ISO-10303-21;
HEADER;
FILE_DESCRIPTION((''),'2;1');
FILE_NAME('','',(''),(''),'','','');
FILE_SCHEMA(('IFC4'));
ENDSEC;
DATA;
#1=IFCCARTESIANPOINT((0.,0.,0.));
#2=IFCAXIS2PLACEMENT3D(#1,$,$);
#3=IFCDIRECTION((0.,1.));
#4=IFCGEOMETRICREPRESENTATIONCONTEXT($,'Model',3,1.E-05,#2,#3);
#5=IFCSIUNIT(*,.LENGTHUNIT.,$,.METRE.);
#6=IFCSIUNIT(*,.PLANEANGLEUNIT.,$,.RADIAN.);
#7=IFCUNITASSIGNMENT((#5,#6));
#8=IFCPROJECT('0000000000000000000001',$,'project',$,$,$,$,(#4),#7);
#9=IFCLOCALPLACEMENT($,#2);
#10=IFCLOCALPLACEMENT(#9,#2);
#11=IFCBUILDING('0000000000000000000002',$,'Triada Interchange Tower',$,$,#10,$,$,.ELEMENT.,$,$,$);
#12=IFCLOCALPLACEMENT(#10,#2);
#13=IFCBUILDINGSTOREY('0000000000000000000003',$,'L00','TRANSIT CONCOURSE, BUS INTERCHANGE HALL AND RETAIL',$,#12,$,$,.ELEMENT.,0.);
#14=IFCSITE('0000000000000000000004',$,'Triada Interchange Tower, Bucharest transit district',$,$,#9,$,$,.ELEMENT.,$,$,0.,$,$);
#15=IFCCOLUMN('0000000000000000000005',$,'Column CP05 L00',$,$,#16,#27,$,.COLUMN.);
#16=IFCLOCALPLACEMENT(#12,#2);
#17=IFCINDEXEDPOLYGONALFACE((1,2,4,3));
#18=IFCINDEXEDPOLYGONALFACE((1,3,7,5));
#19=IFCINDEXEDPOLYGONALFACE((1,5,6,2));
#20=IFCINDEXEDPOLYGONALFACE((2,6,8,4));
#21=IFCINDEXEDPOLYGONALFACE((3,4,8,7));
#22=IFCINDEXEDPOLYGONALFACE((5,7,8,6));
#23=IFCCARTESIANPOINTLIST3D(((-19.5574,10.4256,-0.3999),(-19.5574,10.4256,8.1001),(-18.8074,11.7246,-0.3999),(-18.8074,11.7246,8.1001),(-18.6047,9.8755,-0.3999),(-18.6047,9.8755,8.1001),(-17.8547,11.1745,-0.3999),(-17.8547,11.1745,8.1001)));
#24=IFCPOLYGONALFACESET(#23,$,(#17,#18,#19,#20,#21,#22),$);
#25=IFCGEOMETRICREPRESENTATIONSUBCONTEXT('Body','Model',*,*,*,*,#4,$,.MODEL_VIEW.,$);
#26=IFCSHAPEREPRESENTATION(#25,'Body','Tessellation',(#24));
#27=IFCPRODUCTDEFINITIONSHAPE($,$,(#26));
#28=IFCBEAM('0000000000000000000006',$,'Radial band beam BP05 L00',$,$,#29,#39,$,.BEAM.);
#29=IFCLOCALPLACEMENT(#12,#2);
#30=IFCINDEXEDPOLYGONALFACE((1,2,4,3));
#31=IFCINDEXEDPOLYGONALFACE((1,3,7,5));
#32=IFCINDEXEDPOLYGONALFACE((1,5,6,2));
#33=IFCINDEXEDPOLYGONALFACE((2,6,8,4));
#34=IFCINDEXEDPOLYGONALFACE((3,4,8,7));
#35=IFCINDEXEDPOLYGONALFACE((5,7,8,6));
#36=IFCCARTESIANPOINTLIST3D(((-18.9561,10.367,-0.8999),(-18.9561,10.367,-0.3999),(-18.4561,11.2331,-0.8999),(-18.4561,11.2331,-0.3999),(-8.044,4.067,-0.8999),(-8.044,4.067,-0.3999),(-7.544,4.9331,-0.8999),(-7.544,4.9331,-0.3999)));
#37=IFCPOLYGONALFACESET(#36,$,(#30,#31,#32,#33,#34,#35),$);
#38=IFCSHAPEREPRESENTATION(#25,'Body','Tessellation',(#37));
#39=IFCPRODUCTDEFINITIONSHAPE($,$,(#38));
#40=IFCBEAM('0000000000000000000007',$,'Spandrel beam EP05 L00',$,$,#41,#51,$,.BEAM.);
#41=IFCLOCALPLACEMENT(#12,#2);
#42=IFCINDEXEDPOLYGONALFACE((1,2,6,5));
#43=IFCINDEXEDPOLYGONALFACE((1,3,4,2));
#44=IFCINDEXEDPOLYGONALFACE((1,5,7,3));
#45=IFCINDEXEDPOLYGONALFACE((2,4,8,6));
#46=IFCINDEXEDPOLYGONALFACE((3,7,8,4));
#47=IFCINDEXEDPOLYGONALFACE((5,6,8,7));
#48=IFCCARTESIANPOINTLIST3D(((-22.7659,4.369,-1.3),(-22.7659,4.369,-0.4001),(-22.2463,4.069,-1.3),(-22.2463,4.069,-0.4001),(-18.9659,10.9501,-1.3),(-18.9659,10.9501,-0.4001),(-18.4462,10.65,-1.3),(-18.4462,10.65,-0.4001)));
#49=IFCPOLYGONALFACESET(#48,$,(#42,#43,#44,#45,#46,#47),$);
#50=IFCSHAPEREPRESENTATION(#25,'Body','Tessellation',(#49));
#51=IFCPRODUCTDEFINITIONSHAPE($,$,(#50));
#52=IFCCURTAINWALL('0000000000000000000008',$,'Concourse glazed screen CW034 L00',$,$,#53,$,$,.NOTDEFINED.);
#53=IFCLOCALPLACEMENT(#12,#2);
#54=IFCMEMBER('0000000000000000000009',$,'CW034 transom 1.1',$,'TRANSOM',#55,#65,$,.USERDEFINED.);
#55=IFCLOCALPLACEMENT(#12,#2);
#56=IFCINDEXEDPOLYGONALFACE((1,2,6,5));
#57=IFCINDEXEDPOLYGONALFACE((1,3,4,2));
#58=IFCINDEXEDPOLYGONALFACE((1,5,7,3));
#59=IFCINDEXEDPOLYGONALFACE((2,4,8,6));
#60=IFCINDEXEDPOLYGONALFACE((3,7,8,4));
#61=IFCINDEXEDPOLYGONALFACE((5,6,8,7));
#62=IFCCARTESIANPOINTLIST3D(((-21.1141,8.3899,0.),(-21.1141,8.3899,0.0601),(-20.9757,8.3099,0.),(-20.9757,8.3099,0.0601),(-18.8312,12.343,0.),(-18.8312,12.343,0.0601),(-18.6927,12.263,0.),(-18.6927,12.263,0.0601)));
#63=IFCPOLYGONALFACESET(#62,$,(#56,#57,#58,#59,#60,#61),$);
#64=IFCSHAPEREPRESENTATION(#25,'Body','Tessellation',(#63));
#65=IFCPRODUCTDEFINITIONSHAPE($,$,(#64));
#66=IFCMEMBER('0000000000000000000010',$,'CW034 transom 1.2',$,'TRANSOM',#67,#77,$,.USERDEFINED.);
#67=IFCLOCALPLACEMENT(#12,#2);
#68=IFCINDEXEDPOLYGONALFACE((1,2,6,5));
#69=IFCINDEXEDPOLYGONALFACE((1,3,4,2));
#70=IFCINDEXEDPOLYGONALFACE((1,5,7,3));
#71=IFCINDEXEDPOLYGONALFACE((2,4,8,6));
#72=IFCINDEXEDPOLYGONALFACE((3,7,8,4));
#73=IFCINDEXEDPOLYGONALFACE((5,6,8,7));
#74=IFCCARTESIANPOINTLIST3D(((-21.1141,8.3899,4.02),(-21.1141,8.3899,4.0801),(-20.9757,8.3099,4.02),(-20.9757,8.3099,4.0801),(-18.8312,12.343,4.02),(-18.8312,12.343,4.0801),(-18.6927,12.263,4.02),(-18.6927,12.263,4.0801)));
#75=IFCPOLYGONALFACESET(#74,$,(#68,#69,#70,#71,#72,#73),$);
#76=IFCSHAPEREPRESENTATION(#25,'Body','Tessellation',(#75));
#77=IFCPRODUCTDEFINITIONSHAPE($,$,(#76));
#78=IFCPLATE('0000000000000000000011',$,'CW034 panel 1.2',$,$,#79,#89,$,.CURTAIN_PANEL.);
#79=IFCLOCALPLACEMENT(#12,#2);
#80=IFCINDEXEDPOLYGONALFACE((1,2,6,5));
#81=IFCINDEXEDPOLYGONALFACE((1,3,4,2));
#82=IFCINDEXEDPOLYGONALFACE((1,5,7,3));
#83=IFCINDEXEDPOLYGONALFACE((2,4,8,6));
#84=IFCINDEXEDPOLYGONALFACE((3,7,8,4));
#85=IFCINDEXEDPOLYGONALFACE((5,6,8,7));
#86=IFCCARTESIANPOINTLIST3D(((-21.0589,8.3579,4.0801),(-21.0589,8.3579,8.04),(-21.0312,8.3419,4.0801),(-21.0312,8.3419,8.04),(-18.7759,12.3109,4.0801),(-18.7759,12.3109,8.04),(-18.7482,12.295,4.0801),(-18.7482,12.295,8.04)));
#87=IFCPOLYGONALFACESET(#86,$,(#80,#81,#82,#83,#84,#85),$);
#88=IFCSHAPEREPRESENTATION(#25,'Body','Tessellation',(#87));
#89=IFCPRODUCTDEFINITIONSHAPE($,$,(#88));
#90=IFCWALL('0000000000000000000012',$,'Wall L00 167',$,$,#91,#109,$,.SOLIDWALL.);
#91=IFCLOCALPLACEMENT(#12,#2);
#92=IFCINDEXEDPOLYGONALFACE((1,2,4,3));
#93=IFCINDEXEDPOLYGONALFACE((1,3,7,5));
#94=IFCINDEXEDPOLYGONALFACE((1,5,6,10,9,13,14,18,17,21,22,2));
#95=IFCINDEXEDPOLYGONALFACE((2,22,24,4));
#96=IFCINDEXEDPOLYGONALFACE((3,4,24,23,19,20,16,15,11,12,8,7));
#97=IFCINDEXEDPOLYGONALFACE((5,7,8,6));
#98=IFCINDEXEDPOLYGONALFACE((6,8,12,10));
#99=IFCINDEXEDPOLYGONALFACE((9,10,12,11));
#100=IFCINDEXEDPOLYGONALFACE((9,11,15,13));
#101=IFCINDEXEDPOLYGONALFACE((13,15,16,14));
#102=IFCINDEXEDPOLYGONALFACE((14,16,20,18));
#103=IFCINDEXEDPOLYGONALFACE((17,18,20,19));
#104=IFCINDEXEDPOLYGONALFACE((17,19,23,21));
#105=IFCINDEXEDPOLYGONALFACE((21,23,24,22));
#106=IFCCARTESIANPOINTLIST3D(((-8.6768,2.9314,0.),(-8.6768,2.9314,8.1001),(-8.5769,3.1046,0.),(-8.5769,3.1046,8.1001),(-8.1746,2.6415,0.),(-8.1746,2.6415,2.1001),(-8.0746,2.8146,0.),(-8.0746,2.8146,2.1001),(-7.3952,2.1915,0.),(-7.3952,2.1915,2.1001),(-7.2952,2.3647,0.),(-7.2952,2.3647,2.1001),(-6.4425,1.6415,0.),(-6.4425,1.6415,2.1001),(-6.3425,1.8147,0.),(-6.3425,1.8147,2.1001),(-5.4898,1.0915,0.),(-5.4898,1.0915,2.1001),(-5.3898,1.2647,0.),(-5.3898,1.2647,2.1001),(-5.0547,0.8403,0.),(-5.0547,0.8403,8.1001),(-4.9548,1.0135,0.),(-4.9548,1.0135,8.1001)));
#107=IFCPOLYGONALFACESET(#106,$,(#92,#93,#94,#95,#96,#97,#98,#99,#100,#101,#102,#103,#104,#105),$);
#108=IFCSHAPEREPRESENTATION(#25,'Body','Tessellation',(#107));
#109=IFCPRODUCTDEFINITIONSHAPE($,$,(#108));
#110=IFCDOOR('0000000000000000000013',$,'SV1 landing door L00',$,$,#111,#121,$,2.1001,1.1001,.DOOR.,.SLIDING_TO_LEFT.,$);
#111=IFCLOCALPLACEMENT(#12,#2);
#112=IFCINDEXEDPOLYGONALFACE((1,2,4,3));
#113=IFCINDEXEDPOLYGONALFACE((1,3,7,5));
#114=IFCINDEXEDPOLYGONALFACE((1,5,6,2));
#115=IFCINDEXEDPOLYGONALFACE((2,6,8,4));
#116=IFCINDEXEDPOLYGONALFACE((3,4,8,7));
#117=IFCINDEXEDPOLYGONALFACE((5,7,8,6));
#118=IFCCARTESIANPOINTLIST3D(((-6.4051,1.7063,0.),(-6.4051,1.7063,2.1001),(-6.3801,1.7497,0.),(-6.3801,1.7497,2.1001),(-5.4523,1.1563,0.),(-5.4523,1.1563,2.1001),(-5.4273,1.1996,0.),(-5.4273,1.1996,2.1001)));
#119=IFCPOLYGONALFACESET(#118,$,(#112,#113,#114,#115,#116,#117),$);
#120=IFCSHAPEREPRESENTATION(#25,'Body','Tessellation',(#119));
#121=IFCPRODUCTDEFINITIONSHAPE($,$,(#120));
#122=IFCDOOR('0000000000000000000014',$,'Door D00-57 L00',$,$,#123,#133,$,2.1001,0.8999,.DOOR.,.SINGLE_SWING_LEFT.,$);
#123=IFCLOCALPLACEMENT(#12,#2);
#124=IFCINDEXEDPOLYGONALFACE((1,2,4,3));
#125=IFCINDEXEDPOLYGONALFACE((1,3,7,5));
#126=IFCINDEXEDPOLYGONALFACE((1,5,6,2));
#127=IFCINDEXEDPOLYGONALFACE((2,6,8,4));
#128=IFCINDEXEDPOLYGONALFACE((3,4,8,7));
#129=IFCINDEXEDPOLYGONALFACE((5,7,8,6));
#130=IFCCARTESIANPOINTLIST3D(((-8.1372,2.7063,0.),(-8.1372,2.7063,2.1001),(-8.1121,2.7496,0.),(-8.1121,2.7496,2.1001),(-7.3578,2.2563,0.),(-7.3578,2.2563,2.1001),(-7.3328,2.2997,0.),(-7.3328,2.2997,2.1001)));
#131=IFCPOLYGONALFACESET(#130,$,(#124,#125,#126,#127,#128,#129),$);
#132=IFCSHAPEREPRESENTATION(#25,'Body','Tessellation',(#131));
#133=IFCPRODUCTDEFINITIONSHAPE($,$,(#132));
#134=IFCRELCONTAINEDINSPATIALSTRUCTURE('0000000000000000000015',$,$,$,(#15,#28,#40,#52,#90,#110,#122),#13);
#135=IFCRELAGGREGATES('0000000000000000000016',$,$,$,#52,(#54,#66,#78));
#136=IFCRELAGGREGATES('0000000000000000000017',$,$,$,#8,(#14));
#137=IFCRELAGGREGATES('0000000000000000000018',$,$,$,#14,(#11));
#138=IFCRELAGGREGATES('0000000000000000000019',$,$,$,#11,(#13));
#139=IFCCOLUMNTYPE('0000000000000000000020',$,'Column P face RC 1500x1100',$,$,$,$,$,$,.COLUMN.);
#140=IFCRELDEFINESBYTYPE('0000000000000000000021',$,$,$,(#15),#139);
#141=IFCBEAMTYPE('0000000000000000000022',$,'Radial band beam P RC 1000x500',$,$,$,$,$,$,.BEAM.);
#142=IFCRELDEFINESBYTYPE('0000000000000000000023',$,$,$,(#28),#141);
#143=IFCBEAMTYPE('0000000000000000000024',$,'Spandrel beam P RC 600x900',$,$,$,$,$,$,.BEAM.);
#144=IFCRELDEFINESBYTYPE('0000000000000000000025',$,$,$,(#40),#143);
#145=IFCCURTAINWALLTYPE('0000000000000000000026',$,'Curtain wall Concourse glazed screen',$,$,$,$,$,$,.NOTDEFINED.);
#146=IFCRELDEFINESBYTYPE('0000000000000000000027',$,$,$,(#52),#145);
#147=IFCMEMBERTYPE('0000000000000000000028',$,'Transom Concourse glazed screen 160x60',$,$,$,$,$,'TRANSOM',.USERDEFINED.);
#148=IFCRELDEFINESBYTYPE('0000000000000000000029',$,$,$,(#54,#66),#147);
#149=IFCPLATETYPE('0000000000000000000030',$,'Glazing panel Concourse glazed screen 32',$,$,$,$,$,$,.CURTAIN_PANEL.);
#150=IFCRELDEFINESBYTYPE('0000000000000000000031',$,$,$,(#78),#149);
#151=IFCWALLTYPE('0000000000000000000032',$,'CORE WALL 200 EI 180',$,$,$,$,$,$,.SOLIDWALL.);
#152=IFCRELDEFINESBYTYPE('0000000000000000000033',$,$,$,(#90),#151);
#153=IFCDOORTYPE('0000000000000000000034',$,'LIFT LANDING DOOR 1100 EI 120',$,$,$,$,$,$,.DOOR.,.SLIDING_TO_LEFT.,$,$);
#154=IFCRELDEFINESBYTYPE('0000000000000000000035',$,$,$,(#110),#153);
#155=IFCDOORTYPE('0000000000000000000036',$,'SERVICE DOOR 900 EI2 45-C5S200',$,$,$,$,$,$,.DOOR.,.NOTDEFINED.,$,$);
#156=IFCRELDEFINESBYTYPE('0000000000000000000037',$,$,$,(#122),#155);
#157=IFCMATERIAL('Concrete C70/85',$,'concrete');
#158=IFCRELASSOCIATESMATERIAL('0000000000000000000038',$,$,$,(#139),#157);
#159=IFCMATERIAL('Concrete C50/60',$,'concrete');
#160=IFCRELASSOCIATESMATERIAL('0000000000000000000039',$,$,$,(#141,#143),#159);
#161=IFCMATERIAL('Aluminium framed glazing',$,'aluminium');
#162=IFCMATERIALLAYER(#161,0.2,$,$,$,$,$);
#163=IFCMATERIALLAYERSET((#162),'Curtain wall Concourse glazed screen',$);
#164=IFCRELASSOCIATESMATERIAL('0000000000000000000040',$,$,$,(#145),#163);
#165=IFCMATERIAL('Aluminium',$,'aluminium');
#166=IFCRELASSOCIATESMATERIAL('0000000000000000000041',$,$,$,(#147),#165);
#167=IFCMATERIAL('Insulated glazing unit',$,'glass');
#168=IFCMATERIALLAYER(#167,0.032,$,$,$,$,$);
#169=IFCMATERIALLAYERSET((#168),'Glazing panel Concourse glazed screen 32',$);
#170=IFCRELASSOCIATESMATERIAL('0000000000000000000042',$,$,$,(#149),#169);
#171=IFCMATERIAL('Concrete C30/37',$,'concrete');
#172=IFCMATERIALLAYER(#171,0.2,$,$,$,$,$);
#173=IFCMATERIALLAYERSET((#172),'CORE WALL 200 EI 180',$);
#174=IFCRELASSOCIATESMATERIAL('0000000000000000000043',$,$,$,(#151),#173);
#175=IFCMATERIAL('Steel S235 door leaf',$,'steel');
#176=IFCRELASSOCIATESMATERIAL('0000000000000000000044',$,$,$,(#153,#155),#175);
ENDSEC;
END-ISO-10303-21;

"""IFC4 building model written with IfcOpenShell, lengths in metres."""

from ifc_helpers import new_model, si_unit, direction, frame, frame_2d, origin, origin_2d, place, context, subcontext, project, spatial, rectangle, extrude, material, layer, layer_set, material_profile, profile_set, type_object, element, fill, aggregate, save


model = new_model("IFC4")

# Units and contexts
model_context = context("Model", 3, precision=1e-05, world=origin(), true_north=direction((0.0, 1.0)))
body_context = subcontext(model_context, "Body", "Model", "MODEL_VIEW")
ifc_project = project(units=[si_unit("LENGTHUNIT", "METRE"), si_unit("PLANEANGLEUNIT", "RADIAN")], contexts=[model_context])

# Site, building, storey
site_placement = place(None, origin())
site = spatial("IfcSite", under=ifc_project, at=site_placement, Name="Triada Interchange Tower, Bucharest transit district", CompositionType="ELEMENT", RefElevation=0.0)
building_placement = place(site_placement, origin())
building = spatial("IfcBuilding", under=site, at=building_placement, Name="Triada Interchange Tower", CompositionType="ELEMENT")
storey_placement = place(building_placement, origin())
storey = spatial("IfcBuildingStorey", under=building, at=storey_placement, Name="L00", Description="TRANSIT CONCOURSE, BUS INTERCHANGE HALL AND RETAIL", CompositionType="ELEMENT", Elevation=0.0)

# Column
ifc_material_1 = material(Name="Concrete C70/85", Category="concrete")
ifc_material_profile_1 = material_profile(ifc_material_1, rectangle(XDim=1.5, YDim=1.1001, at=origin_2d()), Name="RC 1500x1100")
ifc_profile_set_1 = profile_set([ifc_material_profile_1], Name="Concrete C70/85")
column_type = type_object("IfcColumnType", Name="Column P face RC 1500x1100", PredefinedType="COLUMN", material=ifc_profile_set_1)
column_placement = place(storey_placement, frame((-18.7061, 10.8, -0.3999), z_axis=(0.0, 0.0, 1.0), x_axis=(0.5, 0.866025, 0.0)))
element("IfcColumn", 1, at=column_placement, inside=storey, type_object=column_type, Name="Column CP05 L00", PredefinedType="COLUMN", context=body_context, shape_type="SweptSolid", body=[
    extrude(rectangle(XDim=1.5, YDim=1.1001, at=origin_2d()), origin(), (0.0, 0.0, 1.0), 8.5),
])

# Beams
ifc_material_2 = material(Name="Concrete C50/60", Category="concrete")
ifc_material_profile_2 = material_profile(ifc_material_2, rectangle(XDim=1.0, YDim=0.5, at=origin_2d()), Name="RC 1000x500")
ifc_profile_set_2 = profile_set([ifc_material_profile_2], Name="Concrete C50/60")
beam_type_1 = type_object("IfcBeamType", Name="Radial band beam P RC 1000x500", PredefinedType="BEAM", material=ifc_profile_set_2)
beam_1_placement = place(storey_placement, frame((-18.7061, 10.8, -0.6499), z_axis=(0.866027, -0.499996, 0.0), x_axis=(0.499996, 0.866027, 0.0)))
element("IfcBeam", 2, at=beam_1_placement, inside=storey, type_object=beam_type_1, Name="Radial band beam BP05 L00", PredefinedType="BEAM", context=body_context, shape_type="SweptSolid", body=[
    extrude(rectangle(XDim=1.0, YDim=0.5, at=origin_2d()), origin(), (0.0, 0.0, 1.0), 12.6001),
])
ifc_material_profile_3 = material_profile(ifc_material_2, rectangle(XDim=0.6001, YDim=0.8999, at=origin_2d()), Name="RC 600x900")
ifc_profile_set_3 = profile_set([ifc_material_profile_3], Name="Concrete C50/60")
beam_type_2 = type_object("IfcBeamType", Name="Spandrel beam P RC 600x900", PredefinedType="BEAM", material=ifc_profile_set_3)
beam_2_placement = place(storey_placement, frame((-18.7061, 10.8, -0.8501), z_axis=(-0.500047, -0.865998, 0.0), x_axis=(0.865998, -0.500047, 0.0)))
element("IfcBeam", 3, at=beam_2_placement, inside=storey, type_object=beam_type_2, Name="Spandrel beam EP05 L00", PredefinedType="BEAM", context=body_context, shape_type="SweptSolid", body=[
    extrude(rectangle(XDim=0.6001, YDim=0.8999, at=origin_2d()), origin(), (0.0, 0.0, 1.0), 7.5994),
])

# Curtain wall, members, plate
ifc_material_3 = material(Name="Aluminium framed glazing", Category="aluminium")
ifc_layer_1 = layer(ifc_material_3, 0.2)
ifc_layer_set_1 = layer_set([ifc_layer_1], Name="Curtain wall Concourse glazed screen")
curtain_wall_type = type_object("IfcCurtainWallType", Name="Curtain wall Concourse glazed screen", PredefinedType="NOTDEFINED", material=ifc_layer_set_1)
curtain_wall_placement = place(storey_placement, origin())
curtain_wall = element("IfcCurtainWall", 4, at=curtain_wall_placement, inside=storey, type_object=curtain_wall_type, Name="Concourse glazed screen CW034 L00", PredefinedType="NOTDEFINED")
ifc_material_4 = material(Name="Aluminium", Category="aluminium")
ifc_material_profile_4 = material_profile(ifc_material_4, rectangle(XDim=0.1599, YDim=0.0601, at=origin_2d()), Name="Aluminium transom")
ifc_profile_set_4 = profile_set([ifc_material_profile_4], Name="Aluminium")
member_type = type_object("IfcMemberType", Name="Transom Concourse glazed screen 160x60", ElementType="TRANSOM", PredefinedType="USERDEFINED", material=ifc_profile_set_4)
member_1_placement = place(storey_placement, frame((-18.762, 12.303, 0.03), z_axis=(-0.500102, -0.865966, 0.0), x_axis=(0.865966, -0.500102, 0.0)))
member_1 = element("IfcMember", 5, at=member_1_placement, type_object=member_type, Name="CW034 transom 1.1", ObjectType="TRANSOM", PredefinedType="USERDEFINED", context=body_context, shape_type="SweptSolid", body=[
    extrude(rectangle(XDim=0.1599, YDim=0.0601, at=origin_2d()), origin(), (0.0, 0.0, 1.0), 4.5649),
])
member_2_placement = place(storey_placement, frame((-18.762, 12.303, 4.05), z_axis=(-0.500102, -0.865966, 0.0), x_axis=(0.865966, -0.500102, 0.0)))
member_2 = element("IfcMember", 6, at=member_2_placement, type_object=member_type, Name="CW034 transom 1.2", ObjectType="TRANSOM", PredefinedType="USERDEFINED", context=body_context, shape_type="SweptSolid", body=[
    extrude(rectangle(XDim=0.1599, YDim=0.0601, at=origin_2d()), origin(), (0.0, 0.0, 1.0), 4.5649),
])
ifc_material_5 = material(Name="Insulated glazing unit", Category="glass")
ifc_layer_2 = layer(ifc_material_5, 0.032)
ifc_layer_set_2 = layer_set([ifc_layer_2], Name="Glazing panel Concourse glazed screen 32")
plate_type = type_object("IfcPlateType", Name="Glazing panel Concourse glazed screen 32", PredefinedType="CURTAIN_PANEL", material=ifc_layer_set_2)
plate_placement = place(storey_placement, frame((-19.9036, 10.3264, 4.0801), z_axis=(0.0, 0.0, 1.0), x_axis=(-0.50011, -0.865962, 0.0)))
plate = element("IfcPlate", 7, at=plate_placement, type_object=plate_type, Name="CW034 panel 1.2", PredefinedType="CURTAIN_PANEL", context=body_context, shape_type="SweptSolid", body=[
    extrude(rectangle(XDim=4.5649, YDim=0.032, at=origin_2d()), origin(), (0.0, 0.0, 1.0), 3.96),
])
aggregate(curtain_wall, [member_1, member_2, plate])

# Wall, openings, doors
ifc_material_6 = material(Name="Concrete C30/37", Category="concrete")
ifc_layer_3 = layer(ifc_material_6, 0.2)
ifc_layer_set_3 = layer_set([ifc_layer_3], Name="CORE WALL 200 EI 180")
wall_type_1 = type_object("IfcWallType", Name="CORE WALL 200 EI 180", PredefinedType="SOLIDWALL", material=ifc_layer_set_3)
wall_1_placement = place(storey_placement, frame((-8.627, 3.0181, 0.0), z_axis=(0.0, 0.0, 1.0), x_axis=(0.86604, -0.499975, 0.0)))
wall_1 = element("IfcWall", 8, at=wall_1_placement, inside=storey, type_object=wall_type_1, Name="Wall L00 167", PredefinedType="SOLIDWALL", context=body_context, shape_type="SweptSolid", body=[
    extrude(rectangle(XDim=4.1824, YDim=0.2, at=frame_2d((2.0913, 0.0))), origin(), (0.0, 0.0, 1.0), 8.1001),
])
opening_1_placement = place(wall_1_placement, frame((2.5801, 0.0, 0.0)))
opening_1 = element("IfcOpeningElement", 9, at=opening_1_placement, cuts=wall_1, PredefinedType="OPENING", context=body_context, shape_type="SweptSolid", body=[
    extrude(rectangle(XDim=1.1001, YDim=2.1001, at=frame_2d((0.55, 1.05))), frame((0.0, 0.1099, 0.0), z_axis=(0.0, -1.0, 0.0), x_axis=(1.0, 0.0, 0.0)), (0.0, 0.0, 1.0), 0.22),
])
opening_2_placement = place(wall_1_placement, frame((0.5801, 0.0, 0.0)))
opening_2 = element("IfcOpeningElement", 10, at=opening_2_placement, cuts=wall_1, PredefinedType="OPENING", context=body_context, shape_type="SweptSolid", body=[
    extrude(rectangle(XDim=0.8999, YDim=2.1001, at=frame_2d((0.45, 1.05))), frame((0.0, 0.1099, 0.0), z_axis=(0.0, -1.0, 0.0), x_axis=(1.0, 0.0, 0.0)), (0.0, 0.0, 1.0), 0.22),
])
ifc_material_7 = material(Name="Steel S235 door leaf", Category="steel")
door_type_1 = type_object("IfcDoorType", Name="LIFT LANDING DOOR 1100 EI 120", OperationType="SLIDING_TO_LEFT", PredefinedType="DOOR", material=ifc_material_7)
door_1_placement = place(opening_1_placement, origin())
door_1 = element("IfcDoor", 11, at=door_1_placement, inside=storey, type_object=door_type_1, Name="SV1 landing door L00", OperationType="SLIDING_TO_LEFT", OverallHeight=2.1001, OverallWidth=1.1001, PredefinedType="DOOR", context=body_context, shape_type="SweptSolid", body=[
    extrude(rectangle(XDim=1.1001, YDim=2.1001, at=frame_2d((0.55, 1.05))), frame((0.0, 0.0249, 0.0), z_axis=(0.0, -1.0, 0.0), x_axis=(1.0, 0.0, 0.0)), (0.0, 0.0, 1.0), 0.05),
])
fill(opening_1, door_1)
door_type_2 = type_object("IfcDoorType", Name="SERVICE DOOR 900 EI2 45-C5S200", OperationType="NOTDEFINED", PredefinedType="DOOR", material=ifc_material_7)
door_2_placement = place(opening_2_placement, origin())
door_2 = element("IfcDoor", 12, at=door_2_placement, inside=storey, type_object=door_type_2, Name="Door D00-57 L00", OperationType="SINGLE_SWING_LEFT", OverallHeight=2.1001, OverallWidth=0.8999, PredefinedType="DOOR", context=body_context, shape_type="SweptSolid", body=[
    extrude(rectangle(XDim=0.8999, YDim=2.1001, at=frame_2d((0.45, 1.05))), frame((0.0, 0.0249, 0.0), z_axis=(0.0, -1.0, 0.0), x_axis=(1.0, 0.0, 0.0)), (0.0, 0.0, 1.0), 0.05),
])
fill(opening_2, door_2)

save(model, "model.ifc")
